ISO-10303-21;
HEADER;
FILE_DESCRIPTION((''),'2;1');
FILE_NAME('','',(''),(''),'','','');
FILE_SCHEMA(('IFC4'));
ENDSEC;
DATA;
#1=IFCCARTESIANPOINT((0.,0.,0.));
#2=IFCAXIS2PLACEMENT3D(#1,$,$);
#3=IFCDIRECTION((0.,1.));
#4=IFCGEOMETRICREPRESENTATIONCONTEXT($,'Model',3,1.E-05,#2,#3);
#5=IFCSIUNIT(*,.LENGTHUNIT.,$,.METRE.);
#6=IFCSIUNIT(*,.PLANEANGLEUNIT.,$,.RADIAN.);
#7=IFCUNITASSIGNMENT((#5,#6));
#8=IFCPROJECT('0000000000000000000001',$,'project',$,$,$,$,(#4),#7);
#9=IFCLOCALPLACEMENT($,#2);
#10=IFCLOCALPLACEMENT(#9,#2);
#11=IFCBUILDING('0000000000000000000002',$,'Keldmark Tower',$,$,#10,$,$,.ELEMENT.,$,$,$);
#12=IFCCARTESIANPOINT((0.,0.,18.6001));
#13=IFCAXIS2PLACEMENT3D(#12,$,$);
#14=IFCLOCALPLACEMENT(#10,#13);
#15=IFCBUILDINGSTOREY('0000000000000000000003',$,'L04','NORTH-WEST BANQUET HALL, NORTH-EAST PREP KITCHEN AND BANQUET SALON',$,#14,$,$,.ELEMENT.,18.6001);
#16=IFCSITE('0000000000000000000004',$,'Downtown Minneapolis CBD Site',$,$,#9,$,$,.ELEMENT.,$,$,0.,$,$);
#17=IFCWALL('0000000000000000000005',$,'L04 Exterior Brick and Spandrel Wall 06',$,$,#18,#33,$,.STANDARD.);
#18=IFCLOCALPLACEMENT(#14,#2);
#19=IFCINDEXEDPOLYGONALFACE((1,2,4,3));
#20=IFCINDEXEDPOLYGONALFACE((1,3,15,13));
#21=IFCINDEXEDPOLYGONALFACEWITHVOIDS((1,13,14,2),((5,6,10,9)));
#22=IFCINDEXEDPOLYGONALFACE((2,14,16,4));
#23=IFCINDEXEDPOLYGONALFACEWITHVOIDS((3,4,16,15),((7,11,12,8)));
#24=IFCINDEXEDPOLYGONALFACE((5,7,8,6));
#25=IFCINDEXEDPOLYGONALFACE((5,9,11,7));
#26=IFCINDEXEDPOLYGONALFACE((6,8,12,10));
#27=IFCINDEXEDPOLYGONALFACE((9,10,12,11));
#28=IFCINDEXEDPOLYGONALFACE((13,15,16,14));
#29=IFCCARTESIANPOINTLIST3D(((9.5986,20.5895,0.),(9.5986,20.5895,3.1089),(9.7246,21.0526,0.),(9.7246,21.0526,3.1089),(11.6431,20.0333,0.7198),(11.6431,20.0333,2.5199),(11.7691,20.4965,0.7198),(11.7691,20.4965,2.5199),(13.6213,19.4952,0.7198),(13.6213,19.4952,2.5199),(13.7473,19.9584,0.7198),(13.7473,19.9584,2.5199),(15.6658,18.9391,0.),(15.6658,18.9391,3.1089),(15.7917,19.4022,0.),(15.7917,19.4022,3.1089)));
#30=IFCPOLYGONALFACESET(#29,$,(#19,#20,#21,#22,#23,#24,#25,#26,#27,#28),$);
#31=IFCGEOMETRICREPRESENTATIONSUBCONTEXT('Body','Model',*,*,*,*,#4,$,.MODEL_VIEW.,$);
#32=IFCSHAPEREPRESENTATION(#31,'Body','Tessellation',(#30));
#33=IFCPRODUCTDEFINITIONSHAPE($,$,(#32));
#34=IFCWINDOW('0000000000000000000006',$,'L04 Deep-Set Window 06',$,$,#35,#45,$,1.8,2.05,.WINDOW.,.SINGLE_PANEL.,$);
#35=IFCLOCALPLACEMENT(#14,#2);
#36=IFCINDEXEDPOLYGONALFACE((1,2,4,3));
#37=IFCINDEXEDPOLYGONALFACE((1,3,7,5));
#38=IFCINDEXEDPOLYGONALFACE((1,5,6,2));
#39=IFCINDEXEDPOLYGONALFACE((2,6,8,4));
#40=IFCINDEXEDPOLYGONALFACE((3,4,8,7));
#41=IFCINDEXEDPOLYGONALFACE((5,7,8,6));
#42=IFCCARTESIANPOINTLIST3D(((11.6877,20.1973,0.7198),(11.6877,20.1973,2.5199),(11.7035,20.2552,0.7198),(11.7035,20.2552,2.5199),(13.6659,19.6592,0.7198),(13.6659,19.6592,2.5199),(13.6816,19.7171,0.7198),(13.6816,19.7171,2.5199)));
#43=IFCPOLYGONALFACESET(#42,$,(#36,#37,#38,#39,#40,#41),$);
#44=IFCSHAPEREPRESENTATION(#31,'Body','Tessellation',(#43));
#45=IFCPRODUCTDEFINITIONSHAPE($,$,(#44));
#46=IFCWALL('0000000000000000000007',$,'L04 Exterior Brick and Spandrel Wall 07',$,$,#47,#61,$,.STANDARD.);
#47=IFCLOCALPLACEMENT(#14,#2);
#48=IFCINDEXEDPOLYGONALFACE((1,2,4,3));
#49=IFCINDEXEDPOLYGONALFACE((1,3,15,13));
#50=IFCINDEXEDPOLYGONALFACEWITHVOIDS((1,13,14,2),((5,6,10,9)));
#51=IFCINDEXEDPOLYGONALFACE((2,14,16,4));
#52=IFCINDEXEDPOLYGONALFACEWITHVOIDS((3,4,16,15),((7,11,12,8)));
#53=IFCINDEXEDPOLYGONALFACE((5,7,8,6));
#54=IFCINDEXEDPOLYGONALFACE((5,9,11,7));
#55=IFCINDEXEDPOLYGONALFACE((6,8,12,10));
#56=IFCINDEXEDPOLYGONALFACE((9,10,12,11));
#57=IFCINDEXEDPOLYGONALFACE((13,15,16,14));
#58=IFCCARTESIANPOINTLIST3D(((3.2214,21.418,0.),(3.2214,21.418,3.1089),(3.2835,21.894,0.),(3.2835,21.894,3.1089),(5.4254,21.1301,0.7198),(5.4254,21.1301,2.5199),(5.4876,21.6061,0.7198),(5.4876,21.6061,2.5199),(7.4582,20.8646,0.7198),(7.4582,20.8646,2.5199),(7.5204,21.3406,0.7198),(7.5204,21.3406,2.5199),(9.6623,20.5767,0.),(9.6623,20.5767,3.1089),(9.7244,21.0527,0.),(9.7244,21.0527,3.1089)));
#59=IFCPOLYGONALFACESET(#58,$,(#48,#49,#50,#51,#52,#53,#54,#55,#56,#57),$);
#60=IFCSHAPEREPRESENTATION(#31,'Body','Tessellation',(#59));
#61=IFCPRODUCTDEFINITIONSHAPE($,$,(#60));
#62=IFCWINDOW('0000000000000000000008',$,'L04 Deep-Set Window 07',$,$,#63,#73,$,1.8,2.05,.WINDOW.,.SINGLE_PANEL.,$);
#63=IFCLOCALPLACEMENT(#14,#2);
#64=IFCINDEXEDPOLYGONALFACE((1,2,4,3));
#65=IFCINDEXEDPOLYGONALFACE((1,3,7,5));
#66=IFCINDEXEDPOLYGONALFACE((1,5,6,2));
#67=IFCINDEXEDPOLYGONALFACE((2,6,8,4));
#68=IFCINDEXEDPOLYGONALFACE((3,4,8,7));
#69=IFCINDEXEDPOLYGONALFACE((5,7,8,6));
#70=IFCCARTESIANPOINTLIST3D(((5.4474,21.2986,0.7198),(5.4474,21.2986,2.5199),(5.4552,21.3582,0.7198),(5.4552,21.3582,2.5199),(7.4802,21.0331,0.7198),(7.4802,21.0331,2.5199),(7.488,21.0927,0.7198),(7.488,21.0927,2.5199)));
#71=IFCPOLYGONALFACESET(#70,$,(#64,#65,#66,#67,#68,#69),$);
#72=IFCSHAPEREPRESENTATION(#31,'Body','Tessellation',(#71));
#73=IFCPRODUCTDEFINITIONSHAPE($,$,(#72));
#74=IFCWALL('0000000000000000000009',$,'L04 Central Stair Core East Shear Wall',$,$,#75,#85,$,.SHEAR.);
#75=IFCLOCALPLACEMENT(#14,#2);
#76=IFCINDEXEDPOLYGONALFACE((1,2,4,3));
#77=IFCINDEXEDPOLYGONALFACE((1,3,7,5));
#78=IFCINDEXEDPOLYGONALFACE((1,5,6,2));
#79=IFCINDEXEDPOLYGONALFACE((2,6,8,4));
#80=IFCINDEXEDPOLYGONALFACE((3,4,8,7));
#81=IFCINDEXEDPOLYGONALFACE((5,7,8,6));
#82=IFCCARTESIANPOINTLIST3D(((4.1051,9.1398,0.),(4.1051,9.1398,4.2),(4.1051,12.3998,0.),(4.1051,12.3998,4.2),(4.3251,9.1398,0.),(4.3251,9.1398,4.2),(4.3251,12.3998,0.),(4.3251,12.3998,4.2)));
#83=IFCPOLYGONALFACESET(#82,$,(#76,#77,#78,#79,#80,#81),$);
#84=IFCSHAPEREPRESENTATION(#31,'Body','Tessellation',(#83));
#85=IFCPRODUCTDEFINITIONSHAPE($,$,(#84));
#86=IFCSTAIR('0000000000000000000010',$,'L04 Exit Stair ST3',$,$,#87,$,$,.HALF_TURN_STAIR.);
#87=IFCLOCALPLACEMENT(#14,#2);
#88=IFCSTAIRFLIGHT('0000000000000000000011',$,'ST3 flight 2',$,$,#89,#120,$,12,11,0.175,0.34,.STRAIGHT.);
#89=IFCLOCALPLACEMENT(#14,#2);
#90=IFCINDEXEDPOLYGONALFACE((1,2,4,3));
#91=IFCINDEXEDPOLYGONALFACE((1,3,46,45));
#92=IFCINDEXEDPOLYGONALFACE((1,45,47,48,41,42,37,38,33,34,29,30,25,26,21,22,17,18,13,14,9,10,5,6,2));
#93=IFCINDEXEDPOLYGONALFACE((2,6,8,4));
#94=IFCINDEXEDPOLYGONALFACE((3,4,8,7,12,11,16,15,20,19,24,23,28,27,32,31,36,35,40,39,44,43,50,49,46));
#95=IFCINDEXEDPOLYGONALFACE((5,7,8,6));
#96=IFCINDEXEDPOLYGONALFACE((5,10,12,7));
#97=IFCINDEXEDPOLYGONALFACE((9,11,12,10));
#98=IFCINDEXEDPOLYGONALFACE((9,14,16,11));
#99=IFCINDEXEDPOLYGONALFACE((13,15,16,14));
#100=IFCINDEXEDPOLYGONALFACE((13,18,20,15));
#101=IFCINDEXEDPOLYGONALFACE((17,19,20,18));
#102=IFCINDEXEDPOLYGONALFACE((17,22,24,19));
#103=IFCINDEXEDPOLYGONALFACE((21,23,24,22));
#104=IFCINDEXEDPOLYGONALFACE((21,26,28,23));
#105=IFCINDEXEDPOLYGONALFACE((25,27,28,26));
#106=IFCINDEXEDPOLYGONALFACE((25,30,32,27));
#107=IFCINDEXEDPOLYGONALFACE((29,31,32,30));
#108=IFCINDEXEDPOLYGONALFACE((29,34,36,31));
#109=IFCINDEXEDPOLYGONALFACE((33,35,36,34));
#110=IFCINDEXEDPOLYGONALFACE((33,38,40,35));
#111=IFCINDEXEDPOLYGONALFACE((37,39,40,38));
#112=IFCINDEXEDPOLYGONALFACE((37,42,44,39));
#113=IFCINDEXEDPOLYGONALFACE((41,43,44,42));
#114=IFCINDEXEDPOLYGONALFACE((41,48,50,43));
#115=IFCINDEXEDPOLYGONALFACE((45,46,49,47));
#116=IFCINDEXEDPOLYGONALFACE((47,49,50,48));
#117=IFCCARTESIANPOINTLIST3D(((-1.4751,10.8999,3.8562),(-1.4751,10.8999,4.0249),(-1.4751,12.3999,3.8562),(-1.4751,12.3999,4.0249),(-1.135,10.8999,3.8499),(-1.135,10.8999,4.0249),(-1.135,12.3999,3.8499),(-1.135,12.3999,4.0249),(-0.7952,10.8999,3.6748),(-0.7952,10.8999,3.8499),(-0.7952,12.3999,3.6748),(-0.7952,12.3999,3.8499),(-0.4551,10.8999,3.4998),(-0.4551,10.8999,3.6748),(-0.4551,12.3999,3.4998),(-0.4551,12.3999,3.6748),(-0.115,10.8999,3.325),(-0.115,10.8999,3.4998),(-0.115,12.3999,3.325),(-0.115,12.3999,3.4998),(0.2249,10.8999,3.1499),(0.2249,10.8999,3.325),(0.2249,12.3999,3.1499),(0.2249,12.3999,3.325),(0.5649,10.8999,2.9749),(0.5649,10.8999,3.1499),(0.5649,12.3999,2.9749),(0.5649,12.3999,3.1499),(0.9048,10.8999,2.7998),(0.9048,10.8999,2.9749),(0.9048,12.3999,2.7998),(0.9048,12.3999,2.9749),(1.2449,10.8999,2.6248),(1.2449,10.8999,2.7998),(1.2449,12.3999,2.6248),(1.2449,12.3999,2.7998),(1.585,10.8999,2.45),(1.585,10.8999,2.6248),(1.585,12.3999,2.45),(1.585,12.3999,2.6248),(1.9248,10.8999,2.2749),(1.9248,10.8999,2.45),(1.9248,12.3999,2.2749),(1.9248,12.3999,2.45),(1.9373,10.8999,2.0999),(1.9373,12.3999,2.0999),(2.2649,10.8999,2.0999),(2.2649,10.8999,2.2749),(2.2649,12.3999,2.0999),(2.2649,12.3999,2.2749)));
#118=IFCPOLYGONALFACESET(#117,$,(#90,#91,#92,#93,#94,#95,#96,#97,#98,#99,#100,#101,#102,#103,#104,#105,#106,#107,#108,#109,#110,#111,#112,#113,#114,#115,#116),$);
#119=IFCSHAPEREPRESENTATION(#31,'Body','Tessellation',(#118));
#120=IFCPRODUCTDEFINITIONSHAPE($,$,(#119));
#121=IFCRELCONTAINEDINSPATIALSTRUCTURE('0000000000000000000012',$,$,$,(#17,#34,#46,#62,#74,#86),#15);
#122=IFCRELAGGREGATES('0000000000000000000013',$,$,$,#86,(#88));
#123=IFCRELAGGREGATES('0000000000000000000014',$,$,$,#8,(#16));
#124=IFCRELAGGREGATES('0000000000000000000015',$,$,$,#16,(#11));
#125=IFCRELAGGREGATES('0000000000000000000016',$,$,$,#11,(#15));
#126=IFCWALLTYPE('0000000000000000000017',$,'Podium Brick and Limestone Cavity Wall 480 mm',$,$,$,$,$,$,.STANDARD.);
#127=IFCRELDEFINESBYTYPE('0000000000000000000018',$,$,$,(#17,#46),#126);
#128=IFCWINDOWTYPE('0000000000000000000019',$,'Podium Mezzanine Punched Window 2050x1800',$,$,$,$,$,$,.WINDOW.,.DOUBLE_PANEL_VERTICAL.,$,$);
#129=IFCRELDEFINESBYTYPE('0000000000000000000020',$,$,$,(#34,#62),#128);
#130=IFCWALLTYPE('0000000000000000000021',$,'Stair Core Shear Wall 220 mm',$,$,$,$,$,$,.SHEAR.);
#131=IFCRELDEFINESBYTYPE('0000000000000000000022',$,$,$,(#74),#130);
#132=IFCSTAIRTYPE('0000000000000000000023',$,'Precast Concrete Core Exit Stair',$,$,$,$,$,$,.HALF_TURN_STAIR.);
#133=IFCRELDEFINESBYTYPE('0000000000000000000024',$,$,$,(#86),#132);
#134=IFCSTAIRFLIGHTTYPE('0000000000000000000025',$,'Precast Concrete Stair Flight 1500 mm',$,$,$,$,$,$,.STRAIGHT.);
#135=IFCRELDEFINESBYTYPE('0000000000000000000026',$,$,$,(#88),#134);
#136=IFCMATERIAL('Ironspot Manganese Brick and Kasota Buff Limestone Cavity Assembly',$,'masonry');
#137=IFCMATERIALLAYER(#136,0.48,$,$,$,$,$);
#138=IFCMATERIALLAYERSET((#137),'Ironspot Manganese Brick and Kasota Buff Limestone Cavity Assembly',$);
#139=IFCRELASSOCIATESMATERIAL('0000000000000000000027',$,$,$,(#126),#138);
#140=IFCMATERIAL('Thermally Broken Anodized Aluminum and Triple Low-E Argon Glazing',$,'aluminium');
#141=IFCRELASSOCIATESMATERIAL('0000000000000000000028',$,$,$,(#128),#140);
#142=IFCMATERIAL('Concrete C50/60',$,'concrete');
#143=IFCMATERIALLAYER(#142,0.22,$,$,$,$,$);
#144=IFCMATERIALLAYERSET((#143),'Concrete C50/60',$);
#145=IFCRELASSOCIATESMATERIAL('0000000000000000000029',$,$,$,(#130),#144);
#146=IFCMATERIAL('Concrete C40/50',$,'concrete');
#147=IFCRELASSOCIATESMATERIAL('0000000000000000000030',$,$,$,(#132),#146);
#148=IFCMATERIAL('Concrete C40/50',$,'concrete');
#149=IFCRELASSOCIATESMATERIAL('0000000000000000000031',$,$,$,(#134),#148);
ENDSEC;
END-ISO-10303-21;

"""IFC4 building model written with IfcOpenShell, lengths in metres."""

from ifc_helpers import new_model, si_unit, direction, frame, frame_2d, origin, place, context, subcontext, project, spatial, polyline, rectangle, outline, extrude, material, layer, layer_set, type_object, element, fill, aggregate, save


model = new_model("IFC4")

# Units and contexts
model_context = context("Model", 3, precision=1e-05, world=origin(), true_north=direction((0.0, 1.0)))
body_context = subcontext(model_context, "Body", "Model", "MODEL_VIEW")
ifc_project = project(units=[si_unit("LENGTHUNIT", "METRE"), si_unit("PLANEANGLEUNIT", "RADIAN")], contexts=[model_context])

# Site, building, storey
site_placement = place(None, origin())
site = spatial("IfcSite", under=ifc_project, at=site_placement, Name="Downtown Minneapolis CBD Site", CompositionType="ELEMENT", RefElevation=0.0)
building_placement = place(site_placement, origin())
building = spatial("IfcBuilding", under=site, at=building_placement, Name="Keldmark Tower", CompositionType="ELEMENT")
storey_placement = place(building_placement, frame((0.0, 0.0, 18.6001)))
storey = spatial("IfcBuildingStorey", under=building, at=storey_placement, Name="L04", Description="NORTH-WEST BANQUET HALL, NORTH-EAST PREP KITCHEN AND BANQUET SALON", CompositionType="ELEMENT", Elevation=18.6001)

# Walls, openings, windows
ifc_material_1 = material(Name="Ironspot Manganese Brick and Kasota Buff Limestone Cavity Assembly", Category="masonry")
ifc_layer_1 = layer(ifc_material_1, 0.48)
ifc_layer_set_1 = layer_set([ifc_layer_1], Name="Ironspot Manganese Brick and Kasota Buff Limestone Cavity Assembly")
wall_type_1 = type_object("IfcWallType", Name="Podium Brick and Limestone Cavity Wall 480 mm", PredefinedType="STANDARD", material=ifc_layer_set_1)
wall_1_placement = place(storey_placement, frame((9.6616, 20.821, 0.0), z_axis=(0.0, 0.0, 1.0), x_axis=(0.964937, -0.262483, 0.0)))
wall_1 = element("IfcWall", 1, at=wall_1_placement, inside=storey, type_object=wall_type_1, Name="L04 Exterior Brick and Spandrel Wall 06", PredefinedType="STANDARD", context=body_context, shape_type="SweptSolid", body=[
    extrude(rectangle(XDim=6.2876, YDim=0.48, at=frame_2d((3.1438, 0.0))), origin(), (0.0, 0.0, 1.0), 3.1089),
])
opening_1_placement = place(wall_1_placement, frame((2.1189, 0.0, 0.72)))
opening_1 = element("IfcOpeningElement", 2, at=opening_1_placement, cuts=wall_1, PredefinedType="OPENING", context=body_context, shape_type="SweptSolid", body=[
    extrude(rectangle(XDim=2.05, YDim=1.8, at=frame_2d((1.0249, 0.8999))), frame((0.0, 0.25, 0.0), z_axis=(0.0, -1.0, 0.0), x_axis=(1.0, 0.0, 0.0)), (0.0, 0.0, 1.0), 0.5),
])
ifc_material_2 = material(Name="Thermally Broken Anodized Aluminum and Triple Low-E Argon Glazing", Category="aluminium")
window_type = type_object("IfcWindowType", Name="Podium Mezzanine Punched Window 2050x1800", PartitioningType="DOUBLE_PANEL_VERTICAL", PredefinedType="WINDOW", material=ifc_material_2)
window_1_placement = place(opening_1_placement, origin())
window_1 = element("IfcWindow", 3, at=window_1_placement, inside=storey, type_object=window_type, Name="L04 Deep-Set Window 06", OverallHeight=1.8, OverallWidth=2.05, PartitioningType="SINGLE_PANEL", PredefinedType="WINDOW", context=body_context, shape_type="SweptSolid", body=[
    extrude(rectangle(XDim=2.05, YDim=1.8, at=frame_2d((1.0249, 0.8999))), frame((0.0, -0.01, 0.0), z_axis=(0.0, -1.0, 0.0), x_axis=(1.0, 0.0, 0.0)), (0.0, 0.0, 1.0), 0.0601),
])
fill(opening_1, window_1)
wall_2_placement = place(storey_placement, frame((3.2524, 21.656, 0.0), z_axis=(0.0, 0.0, 1.0), x_axis=(0.991577, -0.129519, 0.0)))
wall_2 = element("IfcWall", 4, at=wall_2_placement, inside=storey, type_object=wall_type_1, Name="L04 Exterior Brick and Spandrel Wall 07", PredefinedType="STANDARD", context=body_context, shape_type="SweptSolid", body=[
    extrude(rectangle(XDim=6.4956, YDim=0.48, at=frame_2d((3.2478, 0.0))), origin(), (0.0, 0.0, 1.0), 3.1089),
])
opening_2_placement = place(wall_2_placement, frame((2.2229, 0.0, 0.72)))
opening_2 = element("IfcOpeningElement", 5, at=opening_2_placement, cuts=wall_2, PredefinedType="OPENING", context=body_context, shape_type="SweptSolid", body=[
    extrude(rectangle(XDim=2.05, YDim=1.8, at=frame_2d((1.0249, 0.8999))), frame((0.0, 0.25, 0.0), z_axis=(0.0, -1.0, 0.0), x_axis=(1.0, 0.0, 0.0)), (0.0, 0.0, 1.0), 0.5),
])
window_2_placement = place(opening_2_placement, origin())
window_2 = element("IfcWindow", 6, at=window_2_placement, inside=storey, type_object=window_type, Name="L04 Deep-Set Window 07", OverallHeight=1.8, OverallWidth=2.05, PartitioningType="SINGLE_PANEL", PredefinedType="WINDOW", context=body_context, shape_type="SweptSolid", body=[
    extrude(rectangle(XDim=2.05, YDim=1.8, at=frame_2d((1.0249, 0.8999))), frame((0.0, -0.01, 0.0), z_axis=(0.0, -1.0, 0.0), x_axis=(1.0, 0.0, 0.0)), (0.0, 0.0, 1.0), 0.0601),
])
fill(opening_2, window_2)

# Wall
ifc_material_3 = material(Name="Concrete C50/60", Category="concrete")
ifc_layer_2 = layer(ifc_material_3, 0.22)
ifc_layer_set_2 = layer_set([ifc_layer_2], Name="Concrete C50/60")
wall_type_2 = type_object("IfcWallType", Name="Stair Core Shear Wall 220 mm", PredefinedType="SHEAR", material=ifc_layer_set_2)
wall_3_placement = place(storey_placement, frame((4.2151, 9.1399, 0.0), z_axis=(0.0, 0.0, 1.0), x_axis=(0.0, 1.0, 0.0)))
element("IfcWall", 7, at=wall_3_placement, inside=storey, type_object=wall_type_2, Name="L04 Central Stair Core East Shear Wall", PredefinedType="SHEAR", context=body_context, shape_type="SweptSolid", body=[
    extrude(rectangle(XDim=3.26, YDim=0.22, at=frame_2d((1.6299, 0.0))), origin(), (0.0, 0.0, 1.0), 4.2),
])

# Stair, stair flight
ifc_material_4 = material(Name="Concrete C40/50", Category="concrete")
stair_type = type_object("IfcStairType", Name="Precast Concrete Core Exit Stair", PredefinedType="HALF_TURN_STAIR", material=ifc_material_4)
stair_placement = place(storey_placement, origin())
stair = element("IfcStair", 8, at=stair_placement, inside=storey, type_object=stair_type, Name="L04 Exit Stair ST3", PredefinedType="HALF_TURN_STAIR")
ifc_material_5 = material(Name="Concrete C40/50", Category="concrete")
stair_flight_type = type_object("IfcStairFlightType", Name="Precast Concrete Stair Flight 1500 mm", PredefinedType="STRAIGHT", material=ifc_material_5)
stair_flight_placement = place(storey_placement, frame((2.2649, 11.6499, 2.0999), z_axis=(0.0, 0.0, 1.0), x_axis=(-1.0, 0.0, 0.0)))
stair_flight = element("IfcStairFlight", 9, at=stair_flight_placement, type_object=stair_flight_type, Name="ST3 flight 2", NumberOfRisers=12, NumberOfTreads=11, PredefinedType="STRAIGHT", RiserHeight=0.175, TreadLength=0.34, context=body_context, shape_type="SweptSolid", body=[
    extrude(outline(polyline([(0.0, 0.0), (0.0, 0.175), (0.3401, 0.175), (0.3401, 0.3501), (0.6799, 0.3501), (0.6799, 0.5249), (1.02, 0.5249), (1.02, 0.7), (1.3601, 0.7), (1.3601, 0.875), (1.7, 0.875), (1.7, 1.05), (2.04, 1.05), (2.04, 1.2251), (2.3799, 1.2251), (2.3799, 1.3999), (2.72, 1.3999), (2.72, 1.575), (3.0601, 1.575), (3.0601, 1.75), (3.3999, 1.75), (3.3999, 1.925), (3.74, 1.925), (3.74, 2.1001), (3.74, 1.7563), (0.3276, 0.0), (0.0, 0.0)])), frame((0.0, 0.75, 0.0), z_axis=(0.0, -1.0, 0.0), x_axis=(1.0, 0.0, 0.0)), (0.0, 0.0, 1.0), 1.5),
])
aggregate(stair, [stair_flight])

save(model, "model.ifc")
